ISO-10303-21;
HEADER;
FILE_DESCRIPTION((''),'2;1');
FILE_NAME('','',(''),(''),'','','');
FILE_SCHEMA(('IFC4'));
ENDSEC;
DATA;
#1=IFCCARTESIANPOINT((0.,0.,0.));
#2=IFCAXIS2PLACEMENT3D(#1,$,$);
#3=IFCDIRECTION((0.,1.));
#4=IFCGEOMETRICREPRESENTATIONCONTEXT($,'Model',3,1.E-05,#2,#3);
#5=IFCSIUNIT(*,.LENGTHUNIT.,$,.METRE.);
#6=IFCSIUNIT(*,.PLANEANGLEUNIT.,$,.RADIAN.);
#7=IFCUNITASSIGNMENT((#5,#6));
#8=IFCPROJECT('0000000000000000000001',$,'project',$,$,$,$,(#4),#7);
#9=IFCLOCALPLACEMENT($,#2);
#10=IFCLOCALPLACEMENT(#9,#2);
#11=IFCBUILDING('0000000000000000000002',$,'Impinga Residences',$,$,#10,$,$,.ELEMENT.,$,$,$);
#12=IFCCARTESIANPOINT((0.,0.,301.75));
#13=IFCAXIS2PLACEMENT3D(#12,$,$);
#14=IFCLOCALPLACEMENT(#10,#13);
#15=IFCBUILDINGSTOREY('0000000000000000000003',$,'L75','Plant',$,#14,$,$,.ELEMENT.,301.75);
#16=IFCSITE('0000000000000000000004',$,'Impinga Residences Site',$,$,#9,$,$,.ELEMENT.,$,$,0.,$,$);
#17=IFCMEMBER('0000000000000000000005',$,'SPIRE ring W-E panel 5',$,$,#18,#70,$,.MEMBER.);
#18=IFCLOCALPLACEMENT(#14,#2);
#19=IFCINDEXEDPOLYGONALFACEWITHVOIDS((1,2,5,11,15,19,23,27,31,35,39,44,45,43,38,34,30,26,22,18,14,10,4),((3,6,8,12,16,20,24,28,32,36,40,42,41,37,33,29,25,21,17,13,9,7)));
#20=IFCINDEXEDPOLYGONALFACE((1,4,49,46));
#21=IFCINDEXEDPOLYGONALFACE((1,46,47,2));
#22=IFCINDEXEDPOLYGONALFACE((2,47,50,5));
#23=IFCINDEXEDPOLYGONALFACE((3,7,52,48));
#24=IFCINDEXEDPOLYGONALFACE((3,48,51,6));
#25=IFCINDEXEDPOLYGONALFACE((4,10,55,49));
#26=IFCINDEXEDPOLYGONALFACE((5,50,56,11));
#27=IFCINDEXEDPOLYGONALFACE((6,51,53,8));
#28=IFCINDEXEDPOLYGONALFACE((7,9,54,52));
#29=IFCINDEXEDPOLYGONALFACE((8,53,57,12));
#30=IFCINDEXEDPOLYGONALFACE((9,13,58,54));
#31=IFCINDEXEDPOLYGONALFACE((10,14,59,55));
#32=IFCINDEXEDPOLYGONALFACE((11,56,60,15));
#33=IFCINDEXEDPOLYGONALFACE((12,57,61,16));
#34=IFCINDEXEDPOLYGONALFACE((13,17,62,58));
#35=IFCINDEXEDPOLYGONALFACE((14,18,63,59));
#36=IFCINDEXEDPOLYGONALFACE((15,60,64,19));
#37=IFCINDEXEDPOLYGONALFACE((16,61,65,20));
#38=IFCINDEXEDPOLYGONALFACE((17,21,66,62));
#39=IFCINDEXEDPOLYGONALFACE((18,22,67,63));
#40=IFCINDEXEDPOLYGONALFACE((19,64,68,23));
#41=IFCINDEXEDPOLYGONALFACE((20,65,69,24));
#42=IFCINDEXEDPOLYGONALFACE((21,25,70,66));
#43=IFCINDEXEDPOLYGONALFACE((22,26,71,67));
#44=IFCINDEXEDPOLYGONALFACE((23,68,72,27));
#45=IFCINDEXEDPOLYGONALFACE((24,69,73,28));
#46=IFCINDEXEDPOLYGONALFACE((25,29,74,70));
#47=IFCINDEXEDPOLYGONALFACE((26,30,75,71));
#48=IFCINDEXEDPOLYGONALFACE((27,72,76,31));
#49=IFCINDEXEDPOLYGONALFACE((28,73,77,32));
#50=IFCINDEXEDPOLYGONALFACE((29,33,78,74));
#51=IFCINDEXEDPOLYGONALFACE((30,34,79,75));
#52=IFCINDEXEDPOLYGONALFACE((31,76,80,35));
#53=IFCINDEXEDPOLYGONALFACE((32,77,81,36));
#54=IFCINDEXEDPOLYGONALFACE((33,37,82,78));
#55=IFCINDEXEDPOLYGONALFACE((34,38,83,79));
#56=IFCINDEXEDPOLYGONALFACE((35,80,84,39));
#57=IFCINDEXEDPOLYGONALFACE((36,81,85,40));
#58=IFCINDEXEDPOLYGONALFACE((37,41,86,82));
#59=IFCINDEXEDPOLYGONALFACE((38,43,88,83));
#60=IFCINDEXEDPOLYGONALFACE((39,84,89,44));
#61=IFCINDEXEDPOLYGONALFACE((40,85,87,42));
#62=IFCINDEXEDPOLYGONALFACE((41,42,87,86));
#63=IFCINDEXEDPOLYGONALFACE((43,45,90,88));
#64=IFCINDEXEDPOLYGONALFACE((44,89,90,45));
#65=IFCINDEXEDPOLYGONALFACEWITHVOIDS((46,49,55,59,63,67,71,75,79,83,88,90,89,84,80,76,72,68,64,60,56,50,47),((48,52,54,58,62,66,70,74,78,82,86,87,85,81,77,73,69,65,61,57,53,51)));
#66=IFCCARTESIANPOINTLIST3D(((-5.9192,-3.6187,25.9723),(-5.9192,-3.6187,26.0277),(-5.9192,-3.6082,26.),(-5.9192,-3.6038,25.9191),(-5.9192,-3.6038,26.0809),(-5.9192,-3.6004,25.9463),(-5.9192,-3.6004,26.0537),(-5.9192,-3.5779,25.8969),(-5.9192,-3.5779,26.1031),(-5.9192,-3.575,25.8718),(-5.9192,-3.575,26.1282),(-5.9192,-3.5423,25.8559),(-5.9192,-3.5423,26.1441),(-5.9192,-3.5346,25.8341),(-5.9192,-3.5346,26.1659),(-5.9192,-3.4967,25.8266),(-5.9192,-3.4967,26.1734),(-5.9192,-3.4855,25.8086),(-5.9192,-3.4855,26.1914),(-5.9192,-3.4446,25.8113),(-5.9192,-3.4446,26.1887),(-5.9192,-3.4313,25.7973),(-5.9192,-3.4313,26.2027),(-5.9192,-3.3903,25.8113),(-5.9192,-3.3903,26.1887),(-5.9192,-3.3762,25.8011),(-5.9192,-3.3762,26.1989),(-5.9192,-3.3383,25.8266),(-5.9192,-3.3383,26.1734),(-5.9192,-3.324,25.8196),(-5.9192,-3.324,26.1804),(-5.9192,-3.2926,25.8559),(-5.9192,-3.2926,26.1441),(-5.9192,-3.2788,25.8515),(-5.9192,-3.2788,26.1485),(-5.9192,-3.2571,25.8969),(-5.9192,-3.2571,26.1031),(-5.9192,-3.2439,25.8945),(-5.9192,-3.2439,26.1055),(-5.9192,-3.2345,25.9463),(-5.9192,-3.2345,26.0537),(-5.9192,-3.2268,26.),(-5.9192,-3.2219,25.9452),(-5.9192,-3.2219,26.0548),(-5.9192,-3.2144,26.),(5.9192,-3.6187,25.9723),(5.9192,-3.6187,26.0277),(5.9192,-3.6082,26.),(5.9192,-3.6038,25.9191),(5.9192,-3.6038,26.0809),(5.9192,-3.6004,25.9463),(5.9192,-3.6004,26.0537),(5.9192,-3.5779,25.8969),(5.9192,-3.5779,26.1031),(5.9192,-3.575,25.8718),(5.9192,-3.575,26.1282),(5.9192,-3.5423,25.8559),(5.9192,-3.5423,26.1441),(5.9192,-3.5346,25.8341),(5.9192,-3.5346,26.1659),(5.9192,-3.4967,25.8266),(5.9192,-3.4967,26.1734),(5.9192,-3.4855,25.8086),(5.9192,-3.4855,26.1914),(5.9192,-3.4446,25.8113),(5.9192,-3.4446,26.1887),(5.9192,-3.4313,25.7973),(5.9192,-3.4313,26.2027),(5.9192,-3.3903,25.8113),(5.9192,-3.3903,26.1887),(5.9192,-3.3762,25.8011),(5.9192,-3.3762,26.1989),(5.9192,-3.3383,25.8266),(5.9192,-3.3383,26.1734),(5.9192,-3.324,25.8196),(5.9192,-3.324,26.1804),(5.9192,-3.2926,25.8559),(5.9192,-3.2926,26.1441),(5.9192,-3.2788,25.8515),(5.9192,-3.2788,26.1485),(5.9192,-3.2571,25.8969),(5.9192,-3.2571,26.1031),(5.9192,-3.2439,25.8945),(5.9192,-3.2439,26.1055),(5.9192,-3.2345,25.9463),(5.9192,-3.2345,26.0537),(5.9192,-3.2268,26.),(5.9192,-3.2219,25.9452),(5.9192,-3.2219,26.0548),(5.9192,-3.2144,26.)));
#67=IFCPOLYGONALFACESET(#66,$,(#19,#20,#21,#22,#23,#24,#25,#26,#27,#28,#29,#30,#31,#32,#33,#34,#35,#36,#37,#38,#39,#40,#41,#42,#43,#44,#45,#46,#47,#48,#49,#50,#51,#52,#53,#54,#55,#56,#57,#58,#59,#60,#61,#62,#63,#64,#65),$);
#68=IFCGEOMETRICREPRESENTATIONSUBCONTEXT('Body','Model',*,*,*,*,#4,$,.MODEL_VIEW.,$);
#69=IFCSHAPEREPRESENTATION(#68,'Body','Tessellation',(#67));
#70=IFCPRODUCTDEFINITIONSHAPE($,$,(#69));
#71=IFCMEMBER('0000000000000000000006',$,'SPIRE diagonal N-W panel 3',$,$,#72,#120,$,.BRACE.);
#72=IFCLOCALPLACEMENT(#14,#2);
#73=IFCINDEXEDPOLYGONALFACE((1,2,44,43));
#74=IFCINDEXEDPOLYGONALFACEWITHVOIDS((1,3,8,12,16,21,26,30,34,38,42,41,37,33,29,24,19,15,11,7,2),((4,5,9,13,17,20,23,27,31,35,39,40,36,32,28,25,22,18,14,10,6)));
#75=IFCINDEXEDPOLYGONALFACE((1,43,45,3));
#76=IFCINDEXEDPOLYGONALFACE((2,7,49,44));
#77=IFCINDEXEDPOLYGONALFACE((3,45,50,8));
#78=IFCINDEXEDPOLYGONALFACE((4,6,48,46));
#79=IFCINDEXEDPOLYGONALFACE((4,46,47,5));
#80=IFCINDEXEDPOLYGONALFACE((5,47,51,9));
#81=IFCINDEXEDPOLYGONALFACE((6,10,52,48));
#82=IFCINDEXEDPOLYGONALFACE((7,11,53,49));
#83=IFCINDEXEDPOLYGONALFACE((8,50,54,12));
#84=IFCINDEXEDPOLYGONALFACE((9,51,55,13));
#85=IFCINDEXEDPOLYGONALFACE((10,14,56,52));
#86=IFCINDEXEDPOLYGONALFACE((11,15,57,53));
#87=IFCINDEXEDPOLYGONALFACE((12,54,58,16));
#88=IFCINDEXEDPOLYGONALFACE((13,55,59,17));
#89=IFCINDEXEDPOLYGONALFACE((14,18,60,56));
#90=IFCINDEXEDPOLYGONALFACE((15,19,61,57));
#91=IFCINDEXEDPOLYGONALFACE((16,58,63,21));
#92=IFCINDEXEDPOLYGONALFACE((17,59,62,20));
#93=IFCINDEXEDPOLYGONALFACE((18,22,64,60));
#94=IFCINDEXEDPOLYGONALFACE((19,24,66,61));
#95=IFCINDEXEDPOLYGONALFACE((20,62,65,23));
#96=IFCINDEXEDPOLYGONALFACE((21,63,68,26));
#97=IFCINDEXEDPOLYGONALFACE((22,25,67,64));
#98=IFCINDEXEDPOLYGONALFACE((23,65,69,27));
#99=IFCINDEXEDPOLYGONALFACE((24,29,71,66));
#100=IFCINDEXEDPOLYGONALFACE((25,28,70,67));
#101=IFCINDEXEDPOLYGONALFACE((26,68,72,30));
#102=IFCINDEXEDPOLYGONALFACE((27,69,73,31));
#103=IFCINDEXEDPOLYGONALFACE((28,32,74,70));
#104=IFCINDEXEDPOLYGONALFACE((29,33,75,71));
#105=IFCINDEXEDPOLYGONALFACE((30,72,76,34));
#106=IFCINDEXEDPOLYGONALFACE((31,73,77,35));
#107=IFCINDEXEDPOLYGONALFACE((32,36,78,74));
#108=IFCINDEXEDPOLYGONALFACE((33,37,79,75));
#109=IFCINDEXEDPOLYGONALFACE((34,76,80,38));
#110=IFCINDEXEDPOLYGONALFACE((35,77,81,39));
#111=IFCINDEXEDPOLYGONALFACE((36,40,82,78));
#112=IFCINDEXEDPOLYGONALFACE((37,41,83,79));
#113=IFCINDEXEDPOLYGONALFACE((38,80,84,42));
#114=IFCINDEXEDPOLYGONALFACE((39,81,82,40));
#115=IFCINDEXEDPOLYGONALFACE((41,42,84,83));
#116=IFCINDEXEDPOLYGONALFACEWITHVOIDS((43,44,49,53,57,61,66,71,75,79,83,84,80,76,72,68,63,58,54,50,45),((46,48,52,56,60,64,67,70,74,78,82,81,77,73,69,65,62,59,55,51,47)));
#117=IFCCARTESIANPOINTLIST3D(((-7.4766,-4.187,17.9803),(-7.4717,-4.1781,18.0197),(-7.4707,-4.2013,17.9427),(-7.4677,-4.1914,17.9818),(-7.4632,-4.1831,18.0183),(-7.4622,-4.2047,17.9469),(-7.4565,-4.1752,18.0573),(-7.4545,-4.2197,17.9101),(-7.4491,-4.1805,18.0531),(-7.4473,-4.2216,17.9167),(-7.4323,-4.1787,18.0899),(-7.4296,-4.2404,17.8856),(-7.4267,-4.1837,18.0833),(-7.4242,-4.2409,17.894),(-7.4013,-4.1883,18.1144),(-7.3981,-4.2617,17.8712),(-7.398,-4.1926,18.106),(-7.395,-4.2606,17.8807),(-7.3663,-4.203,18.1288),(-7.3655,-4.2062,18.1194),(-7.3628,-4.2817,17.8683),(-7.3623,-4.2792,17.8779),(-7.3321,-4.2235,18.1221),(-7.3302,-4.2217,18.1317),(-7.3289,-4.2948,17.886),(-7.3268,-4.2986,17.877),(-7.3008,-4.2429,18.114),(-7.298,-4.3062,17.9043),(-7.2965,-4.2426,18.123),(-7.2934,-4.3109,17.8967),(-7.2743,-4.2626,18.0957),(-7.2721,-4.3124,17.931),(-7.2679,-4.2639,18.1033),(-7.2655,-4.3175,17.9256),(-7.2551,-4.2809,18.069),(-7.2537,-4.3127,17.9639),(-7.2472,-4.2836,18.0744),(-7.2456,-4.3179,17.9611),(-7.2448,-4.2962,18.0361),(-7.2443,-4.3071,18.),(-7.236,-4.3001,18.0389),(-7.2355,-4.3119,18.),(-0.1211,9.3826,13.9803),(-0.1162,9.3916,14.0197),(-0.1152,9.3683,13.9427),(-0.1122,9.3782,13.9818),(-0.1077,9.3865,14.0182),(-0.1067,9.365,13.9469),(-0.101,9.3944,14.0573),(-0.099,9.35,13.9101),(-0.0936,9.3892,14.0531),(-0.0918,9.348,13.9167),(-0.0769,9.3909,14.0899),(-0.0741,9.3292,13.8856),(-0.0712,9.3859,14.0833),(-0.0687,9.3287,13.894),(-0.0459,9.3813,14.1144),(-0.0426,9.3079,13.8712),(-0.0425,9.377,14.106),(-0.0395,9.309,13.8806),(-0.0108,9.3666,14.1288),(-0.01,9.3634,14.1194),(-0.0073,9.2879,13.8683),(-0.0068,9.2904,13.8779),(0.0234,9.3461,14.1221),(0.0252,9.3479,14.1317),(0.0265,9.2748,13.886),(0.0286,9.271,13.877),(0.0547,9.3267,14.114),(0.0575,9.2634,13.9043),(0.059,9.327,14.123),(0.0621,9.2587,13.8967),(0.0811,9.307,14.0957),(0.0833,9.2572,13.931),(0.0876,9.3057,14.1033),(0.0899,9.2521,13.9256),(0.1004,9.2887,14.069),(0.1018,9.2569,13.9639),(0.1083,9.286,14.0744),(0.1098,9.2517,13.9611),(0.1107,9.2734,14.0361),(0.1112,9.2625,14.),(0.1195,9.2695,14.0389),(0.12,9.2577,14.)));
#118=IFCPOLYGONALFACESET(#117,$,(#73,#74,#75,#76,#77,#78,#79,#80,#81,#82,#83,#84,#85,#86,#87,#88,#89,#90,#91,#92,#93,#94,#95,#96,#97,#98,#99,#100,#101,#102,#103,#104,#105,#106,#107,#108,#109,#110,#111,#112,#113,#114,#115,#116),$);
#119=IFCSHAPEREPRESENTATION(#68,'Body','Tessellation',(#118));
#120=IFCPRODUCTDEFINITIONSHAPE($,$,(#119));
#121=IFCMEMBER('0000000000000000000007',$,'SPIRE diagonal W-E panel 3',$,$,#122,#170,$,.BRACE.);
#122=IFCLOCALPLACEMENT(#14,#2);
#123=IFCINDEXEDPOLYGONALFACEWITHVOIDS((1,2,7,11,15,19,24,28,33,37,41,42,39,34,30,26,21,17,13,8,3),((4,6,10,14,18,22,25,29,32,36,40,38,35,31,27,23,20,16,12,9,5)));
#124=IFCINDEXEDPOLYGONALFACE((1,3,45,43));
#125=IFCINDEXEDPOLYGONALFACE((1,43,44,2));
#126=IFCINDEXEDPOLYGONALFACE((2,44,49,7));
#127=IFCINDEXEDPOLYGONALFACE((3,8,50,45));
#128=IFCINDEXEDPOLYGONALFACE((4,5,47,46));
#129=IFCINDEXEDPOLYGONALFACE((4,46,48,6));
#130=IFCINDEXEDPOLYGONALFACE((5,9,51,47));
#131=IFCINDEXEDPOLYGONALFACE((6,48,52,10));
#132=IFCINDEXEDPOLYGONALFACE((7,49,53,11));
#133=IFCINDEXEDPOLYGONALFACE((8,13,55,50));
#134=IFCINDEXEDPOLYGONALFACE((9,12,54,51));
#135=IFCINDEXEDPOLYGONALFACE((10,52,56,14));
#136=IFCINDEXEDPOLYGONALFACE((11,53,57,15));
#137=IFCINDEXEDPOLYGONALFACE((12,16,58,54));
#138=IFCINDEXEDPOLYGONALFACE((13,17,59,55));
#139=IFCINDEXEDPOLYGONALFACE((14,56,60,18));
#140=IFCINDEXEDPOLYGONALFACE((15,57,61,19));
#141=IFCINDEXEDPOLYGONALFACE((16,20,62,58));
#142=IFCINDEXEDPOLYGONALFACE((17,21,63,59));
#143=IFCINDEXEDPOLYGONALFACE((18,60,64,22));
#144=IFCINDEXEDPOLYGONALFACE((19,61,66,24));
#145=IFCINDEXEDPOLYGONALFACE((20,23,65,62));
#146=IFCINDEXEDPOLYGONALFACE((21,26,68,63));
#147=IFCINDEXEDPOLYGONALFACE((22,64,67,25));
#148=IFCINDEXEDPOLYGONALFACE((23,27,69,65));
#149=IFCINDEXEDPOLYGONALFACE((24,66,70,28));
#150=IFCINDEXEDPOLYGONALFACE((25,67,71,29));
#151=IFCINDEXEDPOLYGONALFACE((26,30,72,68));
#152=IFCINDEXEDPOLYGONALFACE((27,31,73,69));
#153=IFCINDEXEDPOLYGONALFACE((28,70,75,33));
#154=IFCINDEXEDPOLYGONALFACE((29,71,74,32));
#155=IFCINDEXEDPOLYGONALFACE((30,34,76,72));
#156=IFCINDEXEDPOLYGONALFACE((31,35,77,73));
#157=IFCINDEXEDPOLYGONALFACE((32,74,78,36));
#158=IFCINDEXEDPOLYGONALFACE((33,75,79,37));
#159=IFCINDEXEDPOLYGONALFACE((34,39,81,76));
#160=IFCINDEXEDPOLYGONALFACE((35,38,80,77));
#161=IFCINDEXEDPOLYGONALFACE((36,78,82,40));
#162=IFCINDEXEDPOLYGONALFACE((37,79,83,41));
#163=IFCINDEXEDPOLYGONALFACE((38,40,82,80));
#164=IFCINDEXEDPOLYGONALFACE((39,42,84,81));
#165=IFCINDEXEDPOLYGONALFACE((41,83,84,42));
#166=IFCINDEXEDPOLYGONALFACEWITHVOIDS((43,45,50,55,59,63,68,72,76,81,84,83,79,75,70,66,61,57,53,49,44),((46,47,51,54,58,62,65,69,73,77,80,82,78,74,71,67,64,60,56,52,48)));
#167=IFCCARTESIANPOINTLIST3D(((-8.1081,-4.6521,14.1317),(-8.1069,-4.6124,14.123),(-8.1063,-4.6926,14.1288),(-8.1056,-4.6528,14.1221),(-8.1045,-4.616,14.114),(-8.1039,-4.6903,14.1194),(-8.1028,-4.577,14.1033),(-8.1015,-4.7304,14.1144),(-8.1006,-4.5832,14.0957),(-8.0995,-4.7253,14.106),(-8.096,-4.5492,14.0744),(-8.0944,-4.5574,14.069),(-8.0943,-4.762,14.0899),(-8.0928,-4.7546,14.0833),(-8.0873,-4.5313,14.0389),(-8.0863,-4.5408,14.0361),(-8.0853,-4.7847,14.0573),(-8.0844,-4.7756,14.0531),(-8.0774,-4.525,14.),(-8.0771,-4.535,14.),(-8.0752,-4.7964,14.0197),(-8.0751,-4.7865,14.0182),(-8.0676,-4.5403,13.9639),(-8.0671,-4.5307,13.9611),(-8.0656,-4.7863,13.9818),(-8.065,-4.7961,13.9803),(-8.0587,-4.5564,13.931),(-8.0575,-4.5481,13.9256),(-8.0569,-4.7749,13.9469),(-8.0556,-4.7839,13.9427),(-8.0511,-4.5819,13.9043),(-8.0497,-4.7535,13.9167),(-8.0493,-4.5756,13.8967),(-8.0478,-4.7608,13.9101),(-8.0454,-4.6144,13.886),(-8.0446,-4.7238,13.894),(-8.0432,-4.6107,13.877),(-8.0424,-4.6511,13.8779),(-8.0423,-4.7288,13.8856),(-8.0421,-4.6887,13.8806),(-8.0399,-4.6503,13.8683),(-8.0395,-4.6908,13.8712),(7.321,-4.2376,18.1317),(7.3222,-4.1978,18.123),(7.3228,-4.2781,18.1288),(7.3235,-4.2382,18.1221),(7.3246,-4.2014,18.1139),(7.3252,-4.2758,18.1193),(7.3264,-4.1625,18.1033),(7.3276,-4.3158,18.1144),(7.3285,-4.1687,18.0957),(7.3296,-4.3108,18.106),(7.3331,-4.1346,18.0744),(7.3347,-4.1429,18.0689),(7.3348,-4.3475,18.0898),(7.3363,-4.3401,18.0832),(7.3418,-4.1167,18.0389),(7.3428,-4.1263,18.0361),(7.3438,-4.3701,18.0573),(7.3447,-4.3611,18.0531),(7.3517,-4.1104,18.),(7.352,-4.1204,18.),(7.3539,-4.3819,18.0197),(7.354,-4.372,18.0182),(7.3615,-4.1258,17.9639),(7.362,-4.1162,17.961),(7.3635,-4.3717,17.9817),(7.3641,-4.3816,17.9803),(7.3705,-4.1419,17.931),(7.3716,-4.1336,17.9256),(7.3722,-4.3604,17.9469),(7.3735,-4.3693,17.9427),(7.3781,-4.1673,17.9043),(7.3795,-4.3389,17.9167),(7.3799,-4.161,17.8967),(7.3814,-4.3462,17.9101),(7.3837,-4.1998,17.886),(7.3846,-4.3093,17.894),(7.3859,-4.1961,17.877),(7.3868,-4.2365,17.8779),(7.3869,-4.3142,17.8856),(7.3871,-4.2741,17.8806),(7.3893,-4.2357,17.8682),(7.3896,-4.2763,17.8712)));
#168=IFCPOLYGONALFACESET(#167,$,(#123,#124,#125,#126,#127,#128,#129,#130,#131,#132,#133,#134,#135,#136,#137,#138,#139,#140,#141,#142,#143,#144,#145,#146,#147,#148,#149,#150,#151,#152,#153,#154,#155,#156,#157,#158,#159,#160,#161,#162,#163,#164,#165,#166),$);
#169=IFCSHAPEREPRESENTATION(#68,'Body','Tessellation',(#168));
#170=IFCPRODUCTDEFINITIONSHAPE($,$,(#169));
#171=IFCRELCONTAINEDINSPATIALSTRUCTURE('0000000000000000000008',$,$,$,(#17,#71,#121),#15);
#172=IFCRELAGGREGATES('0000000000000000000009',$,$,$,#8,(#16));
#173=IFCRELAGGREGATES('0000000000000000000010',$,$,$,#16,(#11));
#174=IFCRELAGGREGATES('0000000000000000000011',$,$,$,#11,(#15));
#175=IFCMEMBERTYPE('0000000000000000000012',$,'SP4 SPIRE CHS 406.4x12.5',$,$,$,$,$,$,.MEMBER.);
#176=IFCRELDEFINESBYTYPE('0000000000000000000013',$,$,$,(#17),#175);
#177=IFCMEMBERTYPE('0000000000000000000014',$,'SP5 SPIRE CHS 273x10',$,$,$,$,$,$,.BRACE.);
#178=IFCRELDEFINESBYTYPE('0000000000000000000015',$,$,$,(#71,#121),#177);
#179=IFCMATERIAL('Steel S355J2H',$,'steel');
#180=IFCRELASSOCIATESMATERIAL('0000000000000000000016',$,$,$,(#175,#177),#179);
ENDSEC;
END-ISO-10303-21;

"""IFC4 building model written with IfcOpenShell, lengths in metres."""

from ifc_helpers import new_model, si_unit, direction, frame, origin, origin_2d, place, context, subcontext, project, spatial, hollow_circle, extrude, material, material_profile, profile_set, type_object, element, save


model = new_model("IFC4")

# Units and contexts
model_context = context("Model", 3, precision=1e-05, world=origin(), true_north=direction((0.0, 1.0)))
body_context = subcontext(model_context, "Body", "Model", "MODEL_VIEW")
ifc_project = project(units=[si_unit("LENGTHUNIT", "METRE"), si_unit("PLANEANGLEUNIT", "RADIAN")], contexts=[model_context])

# Site, building, storey
site_placement = place(None, origin())
site = spatial("IfcSite", under=ifc_project, at=site_placement, Name="Impinga Residences Site", CompositionType="ELEMENT", RefElevation=0.0)
building_placement = place(site_placement, origin())
building = spatial("IfcBuilding", under=site, at=building_placement, Name="Impinga Residences", CompositionType="ELEMENT")
storey_placement = place(building_placement, frame((0.0, 0.0, 301.75)))
storey = spatial("IfcBuildingStorey", under=building, at=storey_placement, Name="L75", Description="Plant", CompositionType="ELEMENT", Elevation=301.75)

# Members
ifc_material = material(Name="Steel S355J2H", Category="steel")
ifc_material_profile_1 = material_profile(ifc_material, hollow_circle(Radius=0.2031, WallThickness=0.0125, at=origin_2d()), Name="CHS 406.4x12.5")
ifc_profile_set_1 = profile_set([ifc_material_profile_1], Name="Steel S355J2H")
member_type_1 = type_object("IfcMemberType", Name="SP4 SPIRE CHS 406.4x12.5", PredefinedType="MEMBER", material=ifc_profile_set_1)
for number, where, z_axis, x_axis, name in (
    (1, (-5.9192, -3.4175, 26.0), (1.0, 0.0, 0.0), (0.0, 1.0, 0.0), "SPIRE ring W-E panel 5"),
):
    element("IfcMember", number, at=place(storey_placement, frame(where, z_axis=z_axis, x_axis=x_axis)), inside=storey, type_object=member_type_1, Name=name, PredefinedType="MEMBER", context=body_context, shape_type="SweptSolid", body=[
        extrude(hollow_circle(Radius=0.2031, WallThickness=0.0125, at=origin_2d()), origin(), (0.0, 0.0, 1.0), 11.8384),
    ])
ifc_material_profile_2 = material_profile(ifc_material, hollow_circle(Radius=0.1365, WallThickness=0.01, at=origin_2d()), Name="CHS 273x10")
ifc_profile_set_2 = profile_set([ifc_material_profile_2], Name="Steel S355J2H")
member_type_2 = type_object("IfcMemberType", Name="SP5 SPIRE CHS 273x10", PredefinedType="BRACE", material=ifc_profile_set_2)
member_1_placement = place(storey_placement, frame((0.0, 9.3228, 14.0), z_axis=(-0.461309, -0.851035, 0.250866), x_axis=(0.879149, -0.476548, 0.0)))
element("IfcMember", 2, at=member_1_placement, inside=storey, type_object=member_type_2, Name="SPIRE diagonal N-W panel 3", PredefinedType="BRACE", context=body_context, shape_type="SweptSolid", body=[
    extrude(hollow_circle(Radius=0.1365, WallThickness=0.01, at=origin_2d()), origin(), (0.0, 0.0, 1.0), 15.9448),
])
for number, where, z_axis, x_axis, name in (
    (3, (-8.0737, -4.6614, 14.0), (0.967672, 0.025999, 0.250868), (-0.026858, 0.999639, 0.0), "SPIRE diagonal W-E panel 3"),
):
    element("IfcMember", number, at=place(storey_placement, frame(where, z_axis=z_axis, x_axis=x_axis)), inside=storey, type_object=member_type_2, Name=name, PredefinedType="BRACE", context=body_context, shape_type="SweptSolid", body=[
        extrude(hollow_circle(Radius=0.1365, WallThickness=0.01, at=origin_2d()), origin(), (0.0, 0.0, 1.0), 15.9446),
    ])

save(model, "model.ifc")
